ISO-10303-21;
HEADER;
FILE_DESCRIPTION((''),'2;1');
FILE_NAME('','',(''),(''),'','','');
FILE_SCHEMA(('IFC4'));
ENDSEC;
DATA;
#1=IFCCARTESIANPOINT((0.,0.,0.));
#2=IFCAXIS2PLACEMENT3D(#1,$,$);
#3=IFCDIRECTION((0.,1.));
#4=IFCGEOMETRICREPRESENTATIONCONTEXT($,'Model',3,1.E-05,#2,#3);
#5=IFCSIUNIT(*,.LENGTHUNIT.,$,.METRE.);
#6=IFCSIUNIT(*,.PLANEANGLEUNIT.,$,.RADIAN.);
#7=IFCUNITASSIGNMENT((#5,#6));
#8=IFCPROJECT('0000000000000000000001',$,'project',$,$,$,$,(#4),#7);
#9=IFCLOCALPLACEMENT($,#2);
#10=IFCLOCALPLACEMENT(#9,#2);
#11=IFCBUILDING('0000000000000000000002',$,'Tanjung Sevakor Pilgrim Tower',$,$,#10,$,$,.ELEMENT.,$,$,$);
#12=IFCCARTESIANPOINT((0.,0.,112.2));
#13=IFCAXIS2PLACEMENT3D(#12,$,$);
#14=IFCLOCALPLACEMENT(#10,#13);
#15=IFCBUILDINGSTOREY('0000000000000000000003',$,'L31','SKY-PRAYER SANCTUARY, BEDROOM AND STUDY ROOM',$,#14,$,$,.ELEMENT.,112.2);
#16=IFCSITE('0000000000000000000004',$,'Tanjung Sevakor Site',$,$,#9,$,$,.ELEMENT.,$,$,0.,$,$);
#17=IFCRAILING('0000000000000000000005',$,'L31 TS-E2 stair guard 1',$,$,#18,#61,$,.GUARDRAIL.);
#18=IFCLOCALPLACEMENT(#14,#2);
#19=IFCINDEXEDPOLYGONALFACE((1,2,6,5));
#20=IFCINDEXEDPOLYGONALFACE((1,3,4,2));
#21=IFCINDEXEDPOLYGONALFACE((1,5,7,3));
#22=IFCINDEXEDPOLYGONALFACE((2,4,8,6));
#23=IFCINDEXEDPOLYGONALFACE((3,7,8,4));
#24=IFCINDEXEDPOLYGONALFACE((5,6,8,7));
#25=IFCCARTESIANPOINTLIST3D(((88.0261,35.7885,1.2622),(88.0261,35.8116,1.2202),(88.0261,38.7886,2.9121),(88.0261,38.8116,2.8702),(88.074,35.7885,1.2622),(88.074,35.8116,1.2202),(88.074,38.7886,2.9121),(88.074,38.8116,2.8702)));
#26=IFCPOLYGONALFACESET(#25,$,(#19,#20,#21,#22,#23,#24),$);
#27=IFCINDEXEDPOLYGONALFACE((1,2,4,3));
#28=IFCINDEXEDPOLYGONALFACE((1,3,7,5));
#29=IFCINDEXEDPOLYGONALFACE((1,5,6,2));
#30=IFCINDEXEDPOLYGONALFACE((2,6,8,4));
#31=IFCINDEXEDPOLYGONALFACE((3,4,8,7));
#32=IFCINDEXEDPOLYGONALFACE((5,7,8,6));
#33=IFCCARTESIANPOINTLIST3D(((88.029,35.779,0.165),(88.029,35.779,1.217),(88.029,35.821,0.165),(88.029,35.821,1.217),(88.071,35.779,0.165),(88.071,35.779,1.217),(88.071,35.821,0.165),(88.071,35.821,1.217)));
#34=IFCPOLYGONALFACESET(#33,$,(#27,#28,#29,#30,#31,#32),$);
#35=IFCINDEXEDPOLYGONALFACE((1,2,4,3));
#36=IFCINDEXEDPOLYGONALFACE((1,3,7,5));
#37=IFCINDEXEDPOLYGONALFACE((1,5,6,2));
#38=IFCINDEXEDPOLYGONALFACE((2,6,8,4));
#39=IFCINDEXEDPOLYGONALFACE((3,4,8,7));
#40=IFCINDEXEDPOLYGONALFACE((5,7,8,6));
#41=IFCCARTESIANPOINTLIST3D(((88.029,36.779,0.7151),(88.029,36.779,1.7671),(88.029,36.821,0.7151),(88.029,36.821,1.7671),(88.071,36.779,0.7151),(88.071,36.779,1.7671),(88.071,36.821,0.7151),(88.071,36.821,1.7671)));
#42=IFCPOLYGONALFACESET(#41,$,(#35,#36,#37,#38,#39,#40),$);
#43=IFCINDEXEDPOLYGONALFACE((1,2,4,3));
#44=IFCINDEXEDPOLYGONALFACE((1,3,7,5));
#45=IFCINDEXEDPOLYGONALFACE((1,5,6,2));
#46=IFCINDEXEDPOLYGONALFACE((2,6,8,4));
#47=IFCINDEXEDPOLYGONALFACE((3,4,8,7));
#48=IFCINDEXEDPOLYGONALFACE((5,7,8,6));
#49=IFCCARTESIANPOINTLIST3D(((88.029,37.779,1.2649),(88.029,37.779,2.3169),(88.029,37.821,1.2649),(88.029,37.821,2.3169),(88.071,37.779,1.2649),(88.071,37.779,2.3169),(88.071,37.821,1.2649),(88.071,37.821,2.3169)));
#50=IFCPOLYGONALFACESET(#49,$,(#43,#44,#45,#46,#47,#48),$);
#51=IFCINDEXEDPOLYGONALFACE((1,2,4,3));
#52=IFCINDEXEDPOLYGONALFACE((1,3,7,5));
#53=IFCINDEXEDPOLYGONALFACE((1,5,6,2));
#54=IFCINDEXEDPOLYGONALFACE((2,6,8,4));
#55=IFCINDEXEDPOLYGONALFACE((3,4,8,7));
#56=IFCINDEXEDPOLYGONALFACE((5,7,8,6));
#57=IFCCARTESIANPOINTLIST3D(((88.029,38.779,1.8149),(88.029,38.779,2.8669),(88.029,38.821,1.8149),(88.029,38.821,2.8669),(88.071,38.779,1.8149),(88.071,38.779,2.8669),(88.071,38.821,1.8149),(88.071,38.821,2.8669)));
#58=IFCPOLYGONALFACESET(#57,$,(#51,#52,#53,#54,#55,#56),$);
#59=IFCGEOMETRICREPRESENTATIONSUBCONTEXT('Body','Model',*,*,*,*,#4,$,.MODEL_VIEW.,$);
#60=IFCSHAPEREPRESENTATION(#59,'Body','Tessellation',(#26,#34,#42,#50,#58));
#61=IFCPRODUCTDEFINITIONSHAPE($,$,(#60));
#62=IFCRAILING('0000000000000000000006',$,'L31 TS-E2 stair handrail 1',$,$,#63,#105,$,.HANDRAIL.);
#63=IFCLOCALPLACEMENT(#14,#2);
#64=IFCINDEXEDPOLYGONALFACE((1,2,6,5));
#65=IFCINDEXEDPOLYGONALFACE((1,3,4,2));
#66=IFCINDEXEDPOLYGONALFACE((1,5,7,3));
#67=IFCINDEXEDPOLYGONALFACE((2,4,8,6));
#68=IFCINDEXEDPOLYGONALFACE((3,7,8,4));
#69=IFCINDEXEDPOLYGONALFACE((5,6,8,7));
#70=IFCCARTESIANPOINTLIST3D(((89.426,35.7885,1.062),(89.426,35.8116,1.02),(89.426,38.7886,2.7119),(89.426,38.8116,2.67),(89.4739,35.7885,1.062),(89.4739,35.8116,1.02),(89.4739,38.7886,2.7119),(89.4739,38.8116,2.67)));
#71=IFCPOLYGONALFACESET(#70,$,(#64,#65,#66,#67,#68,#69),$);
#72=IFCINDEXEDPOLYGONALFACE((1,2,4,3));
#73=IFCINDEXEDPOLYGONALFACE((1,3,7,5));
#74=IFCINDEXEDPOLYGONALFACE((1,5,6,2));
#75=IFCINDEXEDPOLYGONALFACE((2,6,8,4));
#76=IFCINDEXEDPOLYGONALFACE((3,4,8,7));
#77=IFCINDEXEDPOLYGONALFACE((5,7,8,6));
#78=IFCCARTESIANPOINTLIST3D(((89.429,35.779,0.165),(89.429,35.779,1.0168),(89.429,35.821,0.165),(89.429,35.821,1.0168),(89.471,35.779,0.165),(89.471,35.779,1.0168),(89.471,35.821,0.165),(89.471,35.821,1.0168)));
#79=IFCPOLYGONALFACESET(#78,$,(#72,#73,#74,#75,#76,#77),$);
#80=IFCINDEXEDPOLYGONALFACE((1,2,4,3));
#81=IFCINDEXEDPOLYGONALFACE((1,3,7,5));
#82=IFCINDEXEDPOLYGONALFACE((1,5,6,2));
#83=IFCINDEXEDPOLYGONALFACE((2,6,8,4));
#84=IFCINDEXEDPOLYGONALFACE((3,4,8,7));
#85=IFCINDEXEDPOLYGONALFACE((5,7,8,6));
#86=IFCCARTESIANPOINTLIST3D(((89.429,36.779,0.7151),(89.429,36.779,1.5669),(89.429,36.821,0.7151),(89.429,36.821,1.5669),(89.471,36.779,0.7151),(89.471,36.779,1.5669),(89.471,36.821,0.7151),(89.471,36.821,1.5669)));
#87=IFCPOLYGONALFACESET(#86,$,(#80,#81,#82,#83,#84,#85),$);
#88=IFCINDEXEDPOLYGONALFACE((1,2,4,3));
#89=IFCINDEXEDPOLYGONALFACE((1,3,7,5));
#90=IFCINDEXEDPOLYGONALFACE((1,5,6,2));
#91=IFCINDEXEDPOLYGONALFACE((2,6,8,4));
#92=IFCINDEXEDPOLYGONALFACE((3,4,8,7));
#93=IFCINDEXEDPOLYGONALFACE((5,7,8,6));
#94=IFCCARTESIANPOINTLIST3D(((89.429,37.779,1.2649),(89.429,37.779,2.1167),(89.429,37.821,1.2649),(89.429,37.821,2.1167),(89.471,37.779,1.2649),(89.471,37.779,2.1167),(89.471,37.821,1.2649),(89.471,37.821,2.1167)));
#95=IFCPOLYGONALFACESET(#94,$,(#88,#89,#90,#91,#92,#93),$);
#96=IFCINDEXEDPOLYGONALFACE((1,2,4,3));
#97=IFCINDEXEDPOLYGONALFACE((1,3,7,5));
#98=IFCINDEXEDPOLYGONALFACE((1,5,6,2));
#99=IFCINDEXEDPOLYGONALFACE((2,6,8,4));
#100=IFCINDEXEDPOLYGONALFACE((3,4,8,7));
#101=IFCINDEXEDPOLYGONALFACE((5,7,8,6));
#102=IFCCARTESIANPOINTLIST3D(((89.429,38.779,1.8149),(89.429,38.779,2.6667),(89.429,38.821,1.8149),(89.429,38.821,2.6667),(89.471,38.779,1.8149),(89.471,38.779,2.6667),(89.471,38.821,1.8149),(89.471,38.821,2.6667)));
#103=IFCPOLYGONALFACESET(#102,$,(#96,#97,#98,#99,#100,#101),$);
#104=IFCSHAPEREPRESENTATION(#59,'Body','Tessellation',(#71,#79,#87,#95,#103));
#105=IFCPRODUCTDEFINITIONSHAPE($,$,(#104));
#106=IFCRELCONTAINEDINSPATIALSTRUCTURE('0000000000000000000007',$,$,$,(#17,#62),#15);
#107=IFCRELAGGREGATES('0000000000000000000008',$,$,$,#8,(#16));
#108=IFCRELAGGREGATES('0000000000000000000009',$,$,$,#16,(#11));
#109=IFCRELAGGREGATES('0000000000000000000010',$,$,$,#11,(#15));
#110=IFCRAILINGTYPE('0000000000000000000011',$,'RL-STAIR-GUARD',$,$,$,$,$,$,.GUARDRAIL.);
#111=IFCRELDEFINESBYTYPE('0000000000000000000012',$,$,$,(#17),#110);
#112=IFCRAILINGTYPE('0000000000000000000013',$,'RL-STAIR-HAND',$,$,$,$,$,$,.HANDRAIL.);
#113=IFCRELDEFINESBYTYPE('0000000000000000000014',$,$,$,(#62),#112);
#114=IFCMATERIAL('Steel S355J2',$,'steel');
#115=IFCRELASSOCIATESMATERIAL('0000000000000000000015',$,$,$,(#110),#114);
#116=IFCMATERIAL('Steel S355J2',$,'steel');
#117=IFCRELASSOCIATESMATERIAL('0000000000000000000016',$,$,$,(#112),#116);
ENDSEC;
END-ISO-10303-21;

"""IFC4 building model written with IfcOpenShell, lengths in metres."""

from ifc_helpers import new_model, si_unit, direction, frame, origin, place, context, subcontext, project, spatial, rectangle, extrude, material, type_object, element, save


model = new_model("IFC4")

# Units and contexts
model_context = context("Model", 3, precision=1e-05, world=origin(), true_north=direction((0.0, 1.0)))
body_context = subcontext(model_context, "Body", "Model", "MODEL_VIEW")
ifc_project = project(units=[si_unit("LENGTHUNIT", "METRE"), si_unit("PLANEANGLEUNIT", "RADIAN")], contexts=[model_context])

# Site, building, storey
site_placement = place(None, origin())
site = spatial("IfcSite", under=ifc_project, at=site_placement, Name="Tanjung Sevakor Site", CompositionType="ELEMENT", RefElevation=0.0)
building_placement = place(site_placement, origin())
building = spatial("IfcBuilding", under=site, at=building_placement, Name="Tanjung Sevakor Pilgrim Tower", CompositionType="ELEMENT")
storey_placement = place(building_placement, frame((0.0, 0.0, 112.2)))
storey = spatial("IfcBuildingStorey", under=building, at=storey_placement, Name="L31", Description="SKY-PRAYER SANCTUARY, BEDROOM AND STUDY ROOM", CompositionType="ELEMENT", Elevation=112.2)

# Railings
ifc_material_1 = material(Name="Steel S355J2", Category="steel")
railing_type_1 = type_object("IfcRailingType", Name="RL-STAIR-GUARD", PredefinedType="GUARDRAIL", material=ifc_material_1)
railing_1_placement = place(storey_placement, frame((88.05, 35.8, 0.165)))
element("IfcRailing", 1, at=railing_1_placement, inside=storey, type_object=railing_type_1, Name="L31 TS-E2 stair guard 1", PredefinedType="GUARDRAIL", context=body_context, shape_type="SweptSolid", body=[
    extrude(rectangle(XDim=0.0479, YDim=0.0479), frame((0.0, 0.0, 1.0762), z_axis=(0.0, 0.876228, 0.481897), x_axis=(-1.0, 0.0, 0.0)), (0.0, 0.0, 1.0), 3.4238),
    extrude(rectangle(XDim=0.042, YDim=0.042), origin(), (0.0, 0.0, 1.0), 1.052),
    extrude(rectangle(XDim=0.042, YDim=0.042), frame((0.0, 1.0, 0.55)), (0.0, 0.0, 1.0), 1.052),
    extrude(rectangle(XDim=0.042, YDim=0.042), frame((0.0, 2.0, 1.0999)), (0.0, 0.0, 1.0), 1.052),
    extrude(rectangle(XDim=0.042, YDim=0.042), frame((0.0, 3.0, 1.6499)), (0.0, 0.0, 1.0), 1.052),
])
ifc_material_2 = material(Name="Steel S355J2", Category="steel")
railing_type_2 = type_object("IfcRailingType", Name="RL-STAIR-HAND", PredefinedType="HANDRAIL", material=ifc_material_2)
railing_2_placement = place(storey_placement, frame((89.45, 35.8, 0.165)))
element("IfcRailing", 2, at=railing_2_placement, inside=storey, type_object=railing_type_2, Name="L31 TS-E2 stair handrail 1", PredefinedType="HANDRAIL", context=body_context, shape_type="SweptSolid", body=[
    extrude(rectangle(XDim=0.0479, YDim=0.0479), frame((0.0, 0.0, 0.876), z_axis=(0.0, 0.876228, 0.481897), x_axis=(-1.0, 0.0, 0.0)), (0.0, 0.0, 1.0), 3.4238),
    extrude(rectangle(XDim=0.042, YDim=0.042), origin(), (0.0, 0.0, 1.0), 0.8518),
    extrude(rectangle(XDim=0.042, YDim=0.042), frame((0.0, 1.0, 0.55)), (0.0, 0.0, 1.0), 0.8518),
    extrude(rectangle(XDim=0.042, YDim=0.042), frame((0.0, 2.0, 1.0999)), (0.0, 0.0, 1.0), 0.8518),
    extrude(rectangle(XDim=0.042, YDim=0.042), frame((0.0, 3.0, 1.6499)), (0.0, 0.0, 1.0), 0.8518),
])

save(model, "model.ifc")
